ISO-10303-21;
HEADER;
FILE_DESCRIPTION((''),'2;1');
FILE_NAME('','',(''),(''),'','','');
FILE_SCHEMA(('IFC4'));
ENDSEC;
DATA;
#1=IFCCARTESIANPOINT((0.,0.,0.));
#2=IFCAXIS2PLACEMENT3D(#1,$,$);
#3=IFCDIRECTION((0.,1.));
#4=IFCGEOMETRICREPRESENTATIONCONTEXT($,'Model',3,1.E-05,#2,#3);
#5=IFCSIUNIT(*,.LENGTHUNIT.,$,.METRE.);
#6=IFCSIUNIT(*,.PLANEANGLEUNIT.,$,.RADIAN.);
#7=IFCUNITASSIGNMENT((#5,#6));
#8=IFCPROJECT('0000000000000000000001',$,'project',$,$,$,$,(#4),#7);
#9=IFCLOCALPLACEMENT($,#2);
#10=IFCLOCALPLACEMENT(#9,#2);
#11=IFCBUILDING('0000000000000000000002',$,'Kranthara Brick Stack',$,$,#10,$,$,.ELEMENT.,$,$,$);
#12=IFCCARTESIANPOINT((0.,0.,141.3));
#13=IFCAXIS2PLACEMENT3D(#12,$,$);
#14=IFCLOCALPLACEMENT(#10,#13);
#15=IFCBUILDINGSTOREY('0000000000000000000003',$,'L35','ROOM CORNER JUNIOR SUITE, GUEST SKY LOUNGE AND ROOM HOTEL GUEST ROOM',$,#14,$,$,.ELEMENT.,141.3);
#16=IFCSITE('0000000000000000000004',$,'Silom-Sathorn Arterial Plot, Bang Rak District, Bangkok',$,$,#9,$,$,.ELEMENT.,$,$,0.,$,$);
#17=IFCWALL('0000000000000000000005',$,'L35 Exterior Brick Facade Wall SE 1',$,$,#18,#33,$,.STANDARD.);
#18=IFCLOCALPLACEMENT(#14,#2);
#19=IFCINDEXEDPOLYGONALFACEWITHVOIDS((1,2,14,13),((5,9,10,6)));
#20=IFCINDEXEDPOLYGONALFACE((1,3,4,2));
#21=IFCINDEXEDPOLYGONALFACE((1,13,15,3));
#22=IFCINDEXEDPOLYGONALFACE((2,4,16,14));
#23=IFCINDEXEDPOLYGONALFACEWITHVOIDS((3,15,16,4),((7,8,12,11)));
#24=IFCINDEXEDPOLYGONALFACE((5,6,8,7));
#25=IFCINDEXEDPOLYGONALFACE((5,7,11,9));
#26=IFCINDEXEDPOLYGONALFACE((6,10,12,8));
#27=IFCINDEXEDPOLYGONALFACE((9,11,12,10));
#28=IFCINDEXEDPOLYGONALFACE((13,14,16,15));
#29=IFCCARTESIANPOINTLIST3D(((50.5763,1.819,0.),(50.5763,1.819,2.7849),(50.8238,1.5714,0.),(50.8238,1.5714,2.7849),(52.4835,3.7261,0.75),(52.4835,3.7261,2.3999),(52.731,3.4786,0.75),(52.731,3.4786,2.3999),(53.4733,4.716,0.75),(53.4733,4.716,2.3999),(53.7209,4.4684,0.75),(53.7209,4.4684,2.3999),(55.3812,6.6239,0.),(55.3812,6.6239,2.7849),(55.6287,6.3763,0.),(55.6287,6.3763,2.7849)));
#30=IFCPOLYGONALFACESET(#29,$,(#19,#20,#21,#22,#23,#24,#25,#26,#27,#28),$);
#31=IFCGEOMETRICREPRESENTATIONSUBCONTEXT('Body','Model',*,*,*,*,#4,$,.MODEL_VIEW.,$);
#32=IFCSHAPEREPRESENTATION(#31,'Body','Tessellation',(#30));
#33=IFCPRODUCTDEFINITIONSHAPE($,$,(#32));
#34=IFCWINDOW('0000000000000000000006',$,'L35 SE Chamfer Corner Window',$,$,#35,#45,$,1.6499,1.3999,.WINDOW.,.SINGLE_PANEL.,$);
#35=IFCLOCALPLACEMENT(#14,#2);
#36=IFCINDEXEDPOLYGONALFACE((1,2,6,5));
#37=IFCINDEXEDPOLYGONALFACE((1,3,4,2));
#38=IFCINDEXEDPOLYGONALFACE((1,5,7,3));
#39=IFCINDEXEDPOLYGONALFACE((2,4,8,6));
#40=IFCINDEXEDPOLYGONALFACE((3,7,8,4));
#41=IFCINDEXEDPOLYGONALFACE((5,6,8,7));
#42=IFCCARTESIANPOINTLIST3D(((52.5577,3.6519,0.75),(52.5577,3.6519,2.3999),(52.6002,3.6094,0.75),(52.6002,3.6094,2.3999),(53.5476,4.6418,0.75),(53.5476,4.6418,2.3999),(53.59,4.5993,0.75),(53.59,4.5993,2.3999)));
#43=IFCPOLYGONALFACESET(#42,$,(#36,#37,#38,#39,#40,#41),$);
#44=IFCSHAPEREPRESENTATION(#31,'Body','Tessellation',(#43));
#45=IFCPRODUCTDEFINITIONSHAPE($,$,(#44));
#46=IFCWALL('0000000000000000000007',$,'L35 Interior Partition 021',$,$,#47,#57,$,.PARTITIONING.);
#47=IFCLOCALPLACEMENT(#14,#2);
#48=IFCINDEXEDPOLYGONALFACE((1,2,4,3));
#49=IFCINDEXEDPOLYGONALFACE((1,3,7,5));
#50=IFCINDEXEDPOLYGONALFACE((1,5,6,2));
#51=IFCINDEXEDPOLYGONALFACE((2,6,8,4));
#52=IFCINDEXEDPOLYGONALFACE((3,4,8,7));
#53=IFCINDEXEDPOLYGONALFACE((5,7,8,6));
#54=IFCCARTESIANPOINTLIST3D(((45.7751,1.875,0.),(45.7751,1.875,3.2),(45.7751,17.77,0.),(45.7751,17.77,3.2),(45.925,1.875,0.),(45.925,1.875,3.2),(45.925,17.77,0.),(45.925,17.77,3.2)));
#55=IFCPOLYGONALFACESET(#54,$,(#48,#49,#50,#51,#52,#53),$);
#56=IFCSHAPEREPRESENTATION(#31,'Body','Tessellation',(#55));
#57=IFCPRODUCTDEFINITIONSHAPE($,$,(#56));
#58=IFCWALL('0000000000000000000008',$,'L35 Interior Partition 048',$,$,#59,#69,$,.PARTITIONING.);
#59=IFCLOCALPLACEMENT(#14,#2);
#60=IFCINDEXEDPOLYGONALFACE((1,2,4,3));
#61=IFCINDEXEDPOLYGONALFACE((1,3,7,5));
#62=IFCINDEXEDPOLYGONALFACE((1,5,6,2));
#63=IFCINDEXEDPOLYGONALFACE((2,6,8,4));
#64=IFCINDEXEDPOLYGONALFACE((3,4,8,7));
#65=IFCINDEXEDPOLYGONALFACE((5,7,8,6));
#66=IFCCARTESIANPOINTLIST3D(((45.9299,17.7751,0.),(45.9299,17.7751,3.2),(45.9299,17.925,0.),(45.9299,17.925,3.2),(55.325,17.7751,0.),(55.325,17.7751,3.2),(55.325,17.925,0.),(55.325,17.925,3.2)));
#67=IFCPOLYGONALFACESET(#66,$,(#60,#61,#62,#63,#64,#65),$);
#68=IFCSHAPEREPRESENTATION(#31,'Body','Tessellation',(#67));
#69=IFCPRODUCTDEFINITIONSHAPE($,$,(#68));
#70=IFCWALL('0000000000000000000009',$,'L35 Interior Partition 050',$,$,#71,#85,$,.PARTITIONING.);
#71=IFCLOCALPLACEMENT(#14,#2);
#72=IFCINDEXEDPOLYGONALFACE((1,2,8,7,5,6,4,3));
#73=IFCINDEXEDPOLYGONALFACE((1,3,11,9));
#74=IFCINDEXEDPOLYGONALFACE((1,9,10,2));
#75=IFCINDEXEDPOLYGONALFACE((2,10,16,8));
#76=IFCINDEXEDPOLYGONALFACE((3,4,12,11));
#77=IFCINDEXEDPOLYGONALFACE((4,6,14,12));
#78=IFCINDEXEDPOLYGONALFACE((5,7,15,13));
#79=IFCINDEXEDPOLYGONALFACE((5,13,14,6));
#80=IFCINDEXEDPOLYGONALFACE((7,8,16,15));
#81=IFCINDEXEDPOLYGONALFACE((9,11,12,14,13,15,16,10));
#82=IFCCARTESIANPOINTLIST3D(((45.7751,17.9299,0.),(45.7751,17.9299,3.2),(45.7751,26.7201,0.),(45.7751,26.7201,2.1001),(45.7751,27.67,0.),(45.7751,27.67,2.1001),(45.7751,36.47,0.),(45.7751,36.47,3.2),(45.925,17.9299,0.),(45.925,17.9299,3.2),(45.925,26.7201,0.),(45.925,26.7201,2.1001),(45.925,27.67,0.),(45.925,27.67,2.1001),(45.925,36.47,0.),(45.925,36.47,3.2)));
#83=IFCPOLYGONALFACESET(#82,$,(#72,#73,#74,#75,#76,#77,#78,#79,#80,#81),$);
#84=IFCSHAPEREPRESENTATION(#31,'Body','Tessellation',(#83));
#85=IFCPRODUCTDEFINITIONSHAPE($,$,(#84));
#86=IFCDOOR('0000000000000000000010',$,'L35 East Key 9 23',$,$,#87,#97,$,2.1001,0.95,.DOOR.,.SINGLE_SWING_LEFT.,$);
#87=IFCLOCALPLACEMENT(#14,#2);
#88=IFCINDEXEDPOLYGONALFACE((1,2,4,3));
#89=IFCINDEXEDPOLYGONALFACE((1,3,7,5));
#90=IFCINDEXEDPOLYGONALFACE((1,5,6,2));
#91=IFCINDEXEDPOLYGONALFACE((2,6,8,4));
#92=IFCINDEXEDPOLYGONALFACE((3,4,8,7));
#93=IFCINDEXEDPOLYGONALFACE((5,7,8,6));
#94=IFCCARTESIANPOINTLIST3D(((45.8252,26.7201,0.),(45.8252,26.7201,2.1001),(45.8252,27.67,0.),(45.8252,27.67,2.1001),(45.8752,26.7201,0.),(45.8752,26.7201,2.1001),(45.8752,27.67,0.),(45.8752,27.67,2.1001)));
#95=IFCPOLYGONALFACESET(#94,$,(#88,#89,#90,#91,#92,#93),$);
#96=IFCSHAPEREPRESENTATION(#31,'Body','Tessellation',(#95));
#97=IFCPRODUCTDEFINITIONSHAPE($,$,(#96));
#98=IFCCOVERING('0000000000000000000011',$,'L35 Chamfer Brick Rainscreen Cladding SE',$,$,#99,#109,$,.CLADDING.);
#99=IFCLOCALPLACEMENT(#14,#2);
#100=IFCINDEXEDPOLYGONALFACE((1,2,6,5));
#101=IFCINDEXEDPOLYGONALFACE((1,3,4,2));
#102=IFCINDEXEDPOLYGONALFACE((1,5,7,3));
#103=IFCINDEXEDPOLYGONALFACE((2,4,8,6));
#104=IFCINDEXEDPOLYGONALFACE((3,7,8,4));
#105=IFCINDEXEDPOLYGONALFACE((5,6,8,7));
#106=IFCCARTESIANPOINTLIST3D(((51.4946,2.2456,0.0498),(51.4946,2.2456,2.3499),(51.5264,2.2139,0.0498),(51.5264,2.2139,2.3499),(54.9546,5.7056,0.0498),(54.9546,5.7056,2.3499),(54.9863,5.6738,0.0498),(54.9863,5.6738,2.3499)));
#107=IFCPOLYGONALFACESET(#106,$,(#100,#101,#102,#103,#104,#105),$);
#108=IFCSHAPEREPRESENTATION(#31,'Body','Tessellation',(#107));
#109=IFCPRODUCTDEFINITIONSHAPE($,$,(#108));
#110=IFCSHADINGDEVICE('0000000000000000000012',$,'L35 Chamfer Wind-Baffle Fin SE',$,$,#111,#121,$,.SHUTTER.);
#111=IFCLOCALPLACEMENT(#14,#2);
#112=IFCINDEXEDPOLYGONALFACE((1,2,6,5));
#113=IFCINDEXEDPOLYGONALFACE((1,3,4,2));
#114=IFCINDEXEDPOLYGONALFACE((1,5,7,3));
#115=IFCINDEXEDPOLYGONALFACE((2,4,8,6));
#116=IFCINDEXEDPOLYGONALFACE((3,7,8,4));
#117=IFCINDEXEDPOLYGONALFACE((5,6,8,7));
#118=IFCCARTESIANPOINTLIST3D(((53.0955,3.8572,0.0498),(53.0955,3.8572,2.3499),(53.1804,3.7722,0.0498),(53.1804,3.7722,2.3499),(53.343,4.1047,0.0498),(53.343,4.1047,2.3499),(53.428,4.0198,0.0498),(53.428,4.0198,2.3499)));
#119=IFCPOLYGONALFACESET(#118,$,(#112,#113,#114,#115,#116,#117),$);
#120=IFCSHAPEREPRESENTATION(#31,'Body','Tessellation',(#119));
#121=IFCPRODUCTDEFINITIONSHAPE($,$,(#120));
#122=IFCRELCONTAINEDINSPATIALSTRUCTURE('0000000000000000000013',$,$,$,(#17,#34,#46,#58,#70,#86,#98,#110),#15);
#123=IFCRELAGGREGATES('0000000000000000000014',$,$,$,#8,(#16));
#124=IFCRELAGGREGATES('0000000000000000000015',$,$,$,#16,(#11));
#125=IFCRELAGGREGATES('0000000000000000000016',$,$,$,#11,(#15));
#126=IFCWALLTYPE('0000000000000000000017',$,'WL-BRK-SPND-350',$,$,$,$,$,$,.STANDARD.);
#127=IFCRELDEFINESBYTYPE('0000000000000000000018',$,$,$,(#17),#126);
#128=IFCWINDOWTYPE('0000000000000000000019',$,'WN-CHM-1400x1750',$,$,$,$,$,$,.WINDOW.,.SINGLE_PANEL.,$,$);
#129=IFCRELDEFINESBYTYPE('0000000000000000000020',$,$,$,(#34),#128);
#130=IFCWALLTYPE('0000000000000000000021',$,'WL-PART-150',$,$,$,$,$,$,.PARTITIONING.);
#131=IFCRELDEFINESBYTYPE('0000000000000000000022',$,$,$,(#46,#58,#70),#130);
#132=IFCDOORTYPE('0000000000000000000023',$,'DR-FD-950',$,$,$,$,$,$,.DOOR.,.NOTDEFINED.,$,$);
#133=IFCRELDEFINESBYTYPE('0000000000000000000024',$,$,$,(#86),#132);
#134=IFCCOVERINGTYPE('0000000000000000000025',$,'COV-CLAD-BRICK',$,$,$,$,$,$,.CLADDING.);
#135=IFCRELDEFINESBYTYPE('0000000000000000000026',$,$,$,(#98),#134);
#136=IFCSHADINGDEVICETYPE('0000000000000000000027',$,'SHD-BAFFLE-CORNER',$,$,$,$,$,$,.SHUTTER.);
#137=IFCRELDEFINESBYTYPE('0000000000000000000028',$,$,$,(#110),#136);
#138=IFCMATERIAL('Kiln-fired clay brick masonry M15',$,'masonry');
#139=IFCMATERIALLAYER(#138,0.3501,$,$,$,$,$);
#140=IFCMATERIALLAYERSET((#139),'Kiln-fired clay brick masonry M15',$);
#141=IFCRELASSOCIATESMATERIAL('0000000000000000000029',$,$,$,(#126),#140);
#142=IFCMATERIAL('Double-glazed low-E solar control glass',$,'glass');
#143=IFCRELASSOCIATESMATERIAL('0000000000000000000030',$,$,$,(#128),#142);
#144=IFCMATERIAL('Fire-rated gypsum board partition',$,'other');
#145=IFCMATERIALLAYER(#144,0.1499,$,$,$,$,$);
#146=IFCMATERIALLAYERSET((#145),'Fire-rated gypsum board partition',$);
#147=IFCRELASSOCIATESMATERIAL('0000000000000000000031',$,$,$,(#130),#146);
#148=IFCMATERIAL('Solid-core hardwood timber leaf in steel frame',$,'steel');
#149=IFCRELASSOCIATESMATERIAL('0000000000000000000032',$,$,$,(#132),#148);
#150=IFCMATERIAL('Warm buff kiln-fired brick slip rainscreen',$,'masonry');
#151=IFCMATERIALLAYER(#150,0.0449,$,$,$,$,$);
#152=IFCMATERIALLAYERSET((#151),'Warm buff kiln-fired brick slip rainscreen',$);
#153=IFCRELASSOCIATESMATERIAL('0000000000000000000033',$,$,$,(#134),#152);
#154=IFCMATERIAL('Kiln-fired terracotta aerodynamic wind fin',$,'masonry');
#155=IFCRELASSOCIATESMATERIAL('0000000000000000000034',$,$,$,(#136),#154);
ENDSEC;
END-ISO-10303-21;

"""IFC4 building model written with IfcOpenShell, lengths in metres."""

from ifc_helpers import new_model, si_unit, direction, frame, frame_2d, origin, origin_2d, place, context, subcontext, project, spatial, rectangle, extrude, material, layer, layer_set, type_object, element, fill, save


model = new_model("IFC4")

# Units and contexts
model_context = context("Model", 3, precision=1e-05, world=origin(), true_north=direction((0.0, 1.0)))
body_context = subcontext(model_context, "Body", "Model", "MODEL_VIEW")
ifc_project = project(units=[si_unit("LENGTHUNIT", "METRE"), si_unit("PLANEANGLEUNIT", "RADIAN")], contexts=[model_context])

# Site, building, storey
site_placement = place(None, origin())
site = spatial("IfcSite", under=ifc_project, at=site_placement, Name="Silom-Sathorn Arterial Plot, Bang Rak District, Bangkok", CompositionType="ELEMENT", RefElevation=0.0)
building_placement = place(site_placement, origin())
building = spatial("IfcBuilding", under=site, at=building_placement, Name="Kranthara Brick Stack", CompositionType="ELEMENT")
storey_placement = place(building_placement, frame((0.0, 0.0, 141.3)))
storey = spatial("IfcBuildingStorey", under=building, at=storey_placement, Name="L35", Description="ROOM CORNER JUNIOR SUITE, GUEST SKY LOUNGE AND ROOM HOTEL GUEST ROOM", CompositionType="ELEMENT", Elevation=141.3)

# Shared definitions
ifc_material_1 = material(Name="Kiln-fired clay brick masonry M15", Category="masonry")
ifc_layer_1 = layer(ifc_material_1, 0.3501)
ifc_layer_set_1 = layer_set([ifc_layer_1], Name="Kiln-fired clay brick masonry M15")
wall_type_1 = type_object("IfcWallType", Name="WL-BRK-SPND-350", PredefinedType="STANDARD", material=ifc_layer_set_1)

# Wall, opening, window
wall_1_placement = place(storey_placement, frame((55.5049, 6.5, 0.0), z_axis=(0.0, 0.0, 1.0), x_axis=(-0.707107, -0.707107, 0.0)))
wall_1 = element("IfcWall", 1, at=wall_1_placement, inside=storey, type_object=wall_type_1, Name="L35 Exterior Brick Facade Wall SE 1", PredefinedType="STANDARD", context=body_context, shape_type="SweptSolid", body=[
    extrude(rectangle(XDim=6.7952, YDim=0.3501, at=frame_2d((3.3975, 0.0))), origin(), (0.0, 0.0, 1.0), 2.7849),
])
opening_1_placement = place(wall_1_placement, frame((2.698, 0.0, 0.75)))
opening_1 = element("IfcOpeningElement", 2, at=opening_1_placement, cuts=wall_1, PredefinedType="OPENING", context=body_context, shape_type="SweptSolid", body=[
    extrude(rectangle(XDim=1.3999, YDim=1.6499, at=frame_2d((0.7, 0.825))), frame((0.0, 0.1851, 0.0), z_axis=(0.0, -1.0, 0.0), x_axis=(1.0, 0.0, 0.0)), (0.0, 0.0, 1.0), 0.3701),
])
ifc_material_2 = material(Name="Double-glazed low-E solar control glass", Category="glass")
window_type_1 = type_object("IfcWindowType", Name="WN-CHM-1400x1750", PartitioningType="SINGLE_PANEL", PredefinedType="WINDOW", material=ifc_material_2)
window_1_placement = place(opening_1_placement, origin())
window_1 = element("IfcWindow", 3, at=window_1_placement, inside=storey, type_object=window_type_1, Name="L35 SE Chamfer Corner Window", OverallHeight=1.6499, OverallWidth=1.3999, PartitioningType="SINGLE_PANEL", PredefinedType="WINDOW", context=body_context, shape_type="SweptSolid", body=[
    extrude(rectangle(XDim=1.3999, YDim=1.6499, at=frame_2d((0.7, 0.825))), frame((0.0, -0.01, 0.0), z_axis=(0.0, -1.0, 0.0), x_axis=(1.0, 0.0, 0.0)), (0.0, 0.0, 1.0), 0.0601),
])
fill(opening_1, window_1)

# Walls
ifc_material_3 = material(Name="Fire-rated gypsum board partition", Category="other")
ifc_layer_2 = layer(ifc_material_3, 0.1499)
ifc_layer_set_2 = layer_set([ifc_layer_2], Name="Fire-rated gypsum board partition")
wall_type_2 = type_object("IfcWallType", Name="WL-PART-150", PredefinedType="PARTITIONING", material=ifc_layer_set_2)
wall_2_placement = place(storey_placement, frame((45.8501, 1.875, 0.0), z_axis=(0.0, 0.0, 1.0), x_axis=(0.0, 1.0, 0.0)))
element("IfcWall", 4, at=wall_2_placement, inside=storey, type_object=wall_type_2, Name="L35 Interior Partition 021", PredefinedType="PARTITIONING", context=body_context, shape_type="SweptSolid", body=[
    extrude(rectangle(XDim=15.895, YDim=0.1499, at=frame_2d((7.9475, 0.0))), origin(), (0.0, 0.0, 1.0), 3.2),
])
wall_3_placement = place(storey_placement, frame((45.9299, 17.8501, 0.0), z_axis=(0.0, 0.0, 1.0), x_axis=(1.0, 0.0, 0.0)))
element("IfcWall", 5, at=wall_3_placement, inside=storey, type_object=wall_type_2, Name="L35 Interior Partition 048", PredefinedType="PARTITIONING", context=body_context, shape_type="SweptSolid", body=[
    extrude(rectangle(XDim=9.395, YDim=0.1499, at=frame_2d((4.6975, 0.0))), origin(), (0.0, 0.0, 1.0), 3.2),
])

# Wall, opening, door
wall_4_placement = place(storey_placement, frame((45.8501, 17.9299, 0.0), z_axis=(0.0, 0.0, 1.0), x_axis=(0.0, 1.0, 0.0)))
wall_4 = element("IfcWall", 6, at=wall_4_placement, inside=storey, type_object=wall_type_2, Name="L35 Interior Partition 050", PredefinedType="PARTITIONING", context=body_context, shape_type="SweptSolid", body=[
    extrude(rectangle(XDim=18.54, YDim=0.1499, at=frame_2d((9.27, 0.0))), origin(), (0.0, 0.0, 1.0), 3.2),
])
opening_2_placement = place(wall_4_placement, frame((8.79, 0.0, 0.0)))
opening_2 = element("IfcOpeningElement", 7, at=opening_2_placement, cuts=wall_4, PredefinedType="OPENING", context=body_context, shape_type="SweptSolid", body=[
    extrude(rectangle(XDim=0.95, YDim=2.1001, at=frame_2d((0.4751, 1.05))), frame((0.0, 0.085, 0.0), z_axis=(0.0, -1.0, 0.0), x_axis=(1.0, 0.0, 0.0)), (0.0, 0.0, 1.0), 0.1699),
])
ifc_material_4 = material(Name="Solid-core hardwood timber leaf in steel frame", Category="steel")
door_type_1 = type_object("IfcDoorType", Name="DR-FD-950", OperationType="NOTDEFINED", PredefinedType="DOOR", material=ifc_material_4)
door_1_placement = place(opening_2_placement, origin())
door_1 = element("IfcDoor", 8, at=door_1_placement, inside=storey, type_object=door_type_1, Name="L35 East Key 9 23", OperationType="SINGLE_SWING_LEFT", OverallHeight=2.1001, OverallWidth=0.95, PredefinedType="DOOR", context=body_context, shape_type="SweptSolid", body=[
    extrude(rectangle(XDim=0.95, YDim=2.1001, at=frame_2d((0.4751, 1.05))), frame((0.0, 0.0249, 0.0), z_axis=(0.0, -1.0, 0.0), x_axis=(1.0, 0.0, 0.0)), (0.0, 0.0, 1.0), 0.05),
])
fill(opening_2, door_1)

# Covering
ifc_material_5 = material(Name="Warm buff kiln-fired brick slip rainscreen", Category="masonry")
ifc_layer_3 = layer(ifc_material_5, 0.0449)
ifc_layer_set_3 = layer_set([ifc_layer_3], Name="Warm buff kiln-fired brick slip rainscreen")
covering_type = type_object("IfcCoveringType", Name="COV-CLAD-BRICK", PredefinedType="CLADDING", material=ifc_layer_set_3)
covering_placement = place(storey_placement, frame((53.2405, 3.9597, 0.0498), z_axis=(0.0, 0.0, 1.0), x_axis=(-0.707107, -0.707107, 0.0)))
element("IfcCovering", 9, at=covering_placement, inside=storey, type_object=covering_type, Name="L35 Chamfer Brick Rainscreen Cladding SE", PredefinedType="CLADDING", context=body_context, shape_type="SweptSolid", body=[
    extrude(rectangle(XDim=4.8931, YDim=0.0449, at=origin_2d()), origin(), (0.0, 0.0, 1.0), 2.3),
])

# Shading device
ifc_material_6 = material(Name="Kiln-fired terracotta aerodynamic wind fin", Category="masonry")
shading_device_type = type_object("IfcShadingDeviceType", Name="SHD-BAFFLE-CORNER", PredefinedType="SHUTTER", material=ifc_material_6)
shading_device_placement = place(storey_placement, frame((53.2617, 3.9385, 0.0498), z_axis=(0.0, 0.0, 1.0), x_axis=(-0.707107, -0.707107, 0.0)))
element("IfcShadingDevice", 10, at=shading_device_placement, inside=storey, type_object=shading_device_type, Name="L35 Chamfer Wind-Baffle Fin SE", PredefinedType="SHUTTER", context=body_context, shape_type="SweptSolid", body=[
    extrude(rectangle(XDim=0.3501, YDim=0.1201, at=origin_2d()), origin(), (0.0, 0.0, 1.0), 2.3),
])

save(model, "model.ifc")
